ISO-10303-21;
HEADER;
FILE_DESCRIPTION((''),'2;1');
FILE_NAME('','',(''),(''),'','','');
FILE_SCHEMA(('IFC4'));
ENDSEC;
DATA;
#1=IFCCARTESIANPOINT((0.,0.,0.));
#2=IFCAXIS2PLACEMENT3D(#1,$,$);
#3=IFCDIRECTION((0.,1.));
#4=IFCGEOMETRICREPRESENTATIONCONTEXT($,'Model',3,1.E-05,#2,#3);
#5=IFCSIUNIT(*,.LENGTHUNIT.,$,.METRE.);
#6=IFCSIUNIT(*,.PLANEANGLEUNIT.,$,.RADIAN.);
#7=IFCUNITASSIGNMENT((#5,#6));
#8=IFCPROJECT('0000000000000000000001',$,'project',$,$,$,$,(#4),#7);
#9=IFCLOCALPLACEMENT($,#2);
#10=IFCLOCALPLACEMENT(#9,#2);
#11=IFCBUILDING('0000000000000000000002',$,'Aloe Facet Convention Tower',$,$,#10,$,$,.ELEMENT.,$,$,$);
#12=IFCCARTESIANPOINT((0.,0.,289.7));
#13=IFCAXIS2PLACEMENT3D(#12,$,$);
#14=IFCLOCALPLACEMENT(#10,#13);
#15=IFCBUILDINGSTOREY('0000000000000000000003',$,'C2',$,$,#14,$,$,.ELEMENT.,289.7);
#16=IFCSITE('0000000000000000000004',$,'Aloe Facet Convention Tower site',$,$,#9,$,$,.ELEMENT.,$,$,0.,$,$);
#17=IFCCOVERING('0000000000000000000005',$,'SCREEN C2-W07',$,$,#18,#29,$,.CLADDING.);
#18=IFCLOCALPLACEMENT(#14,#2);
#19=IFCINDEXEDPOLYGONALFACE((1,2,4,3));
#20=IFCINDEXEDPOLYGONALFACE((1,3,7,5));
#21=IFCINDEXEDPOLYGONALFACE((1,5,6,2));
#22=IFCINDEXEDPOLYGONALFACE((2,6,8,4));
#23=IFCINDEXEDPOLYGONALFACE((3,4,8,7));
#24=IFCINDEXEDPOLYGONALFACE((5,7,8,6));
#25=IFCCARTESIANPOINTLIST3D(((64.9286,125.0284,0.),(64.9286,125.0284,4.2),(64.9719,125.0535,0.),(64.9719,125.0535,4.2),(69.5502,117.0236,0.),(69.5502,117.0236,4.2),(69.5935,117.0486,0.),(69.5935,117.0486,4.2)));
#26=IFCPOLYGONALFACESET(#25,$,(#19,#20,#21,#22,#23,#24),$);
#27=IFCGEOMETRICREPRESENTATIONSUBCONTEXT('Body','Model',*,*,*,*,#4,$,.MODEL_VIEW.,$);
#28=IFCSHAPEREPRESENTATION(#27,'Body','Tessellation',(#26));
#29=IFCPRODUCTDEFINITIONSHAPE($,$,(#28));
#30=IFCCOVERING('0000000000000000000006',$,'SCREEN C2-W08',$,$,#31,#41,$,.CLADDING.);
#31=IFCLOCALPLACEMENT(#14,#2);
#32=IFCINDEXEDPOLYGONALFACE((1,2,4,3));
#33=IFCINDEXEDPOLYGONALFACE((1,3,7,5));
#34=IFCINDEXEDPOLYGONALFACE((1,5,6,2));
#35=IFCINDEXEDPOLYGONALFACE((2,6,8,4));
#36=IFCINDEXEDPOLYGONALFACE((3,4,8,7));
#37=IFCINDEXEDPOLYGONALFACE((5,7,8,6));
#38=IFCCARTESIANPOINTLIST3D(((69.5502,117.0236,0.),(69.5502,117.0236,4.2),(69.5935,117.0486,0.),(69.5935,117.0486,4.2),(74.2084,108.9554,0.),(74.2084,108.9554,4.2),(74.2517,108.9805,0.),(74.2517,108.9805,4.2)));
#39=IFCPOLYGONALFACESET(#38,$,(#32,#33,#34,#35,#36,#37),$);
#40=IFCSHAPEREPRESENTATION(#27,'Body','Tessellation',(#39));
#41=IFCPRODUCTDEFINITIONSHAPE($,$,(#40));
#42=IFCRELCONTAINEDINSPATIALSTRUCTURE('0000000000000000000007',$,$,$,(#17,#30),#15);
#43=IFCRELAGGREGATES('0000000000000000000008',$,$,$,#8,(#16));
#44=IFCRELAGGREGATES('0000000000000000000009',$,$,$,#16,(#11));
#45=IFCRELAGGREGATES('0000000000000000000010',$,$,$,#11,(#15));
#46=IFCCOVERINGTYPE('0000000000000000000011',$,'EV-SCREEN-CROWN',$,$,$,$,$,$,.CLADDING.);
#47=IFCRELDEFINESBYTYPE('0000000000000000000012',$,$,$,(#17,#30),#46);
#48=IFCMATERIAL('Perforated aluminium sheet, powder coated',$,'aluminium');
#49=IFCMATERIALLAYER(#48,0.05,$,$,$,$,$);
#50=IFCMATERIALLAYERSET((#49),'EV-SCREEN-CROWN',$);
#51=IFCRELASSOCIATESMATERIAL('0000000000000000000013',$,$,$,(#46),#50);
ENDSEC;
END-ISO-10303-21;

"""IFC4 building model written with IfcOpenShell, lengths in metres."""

from ifc_helpers import new_model, si_unit, direction, frame, origin, place, context, subcontext, project, spatial, polyline, outline, extrude, material, layer, layer_set, type_object, element, save


model = new_model("IFC4")

# Units and contexts
model_context = context("Model", 3, precision=1e-05, world=origin(), true_north=direction((0.0, 1.0)))
body_context = subcontext(model_context, "Body", "Model", "MODEL_VIEW")
ifc_project = project(units=[si_unit("LENGTHUNIT", "METRE"), si_unit("PLANEANGLEUNIT", "RADIAN")], contexts=[model_context])

# Site, building, storey
site_placement = place(None, origin())
site = spatial("IfcSite", under=ifc_project, at=site_placement, Name="Aloe Facet Convention Tower site", CompositionType="ELEMENT", RefElevation=0.0)
building_placement = place(site_placement, origin())
building = spatial("IfcBuilding", under=site, at=building_placement, Name="Aloe Facet Convention Tower", CompositionType="ELEMENT")
storey_placement = place(building_placement, frame((0.0, 0.0, 289.7)))
storey = spatial("IfcBuildingStorey", under=building, at=storey_placement, Name="C2", CompositionType="ELEMENT", Elevation=289.7)

# Coverings
ifc_material_1 = material(Name="Perforated aluminium sheet, powder coated", Category="aluminium")
ifc_layer_1 = layer(ifc_material_1, 0.05)
ifc_layer_set_1 = layer_set([ifc_layer_1], Name="EV-SCREEN-CROWN")
covering_type = type_object("IfcCoveringType", Name="EV-SCREEN-CROWN", PredefinedType="CLADDING", material=ifc_layer_set_1)
covering_1_placement = place(storey_placement, frame((64.9719, 125.0535, 0.0), z_axis=(0.866027, 0.499997, 0.0), x_axis=(0.0, 0.0, 1.0)))
element("IfcCovering", 1, at=covering_1_placement, inside=storey, type_object=covering_type, Name="SCREEN C2-W07", PredefinedType="CLADDING", context=body_context, shape_type="SweptSolid", body=[
    extrude(outline(polyline([(0.0, 0.0), (4.2, 0.0), (4.2, 9.2432), (0.0, 9.2432), (0.0, 0.0)])), origin(), (0.0, 0.0, -1.0), 0.05),
])
covering_2_placement = place(storey_placement, frame((69.5935, 117.0486, 0.0), z_axis=(0.866022, 0.500006, 0.0), x_axis=(0.0, 0.0, 1.0)))
element("IfcCovering", 2, at=covering_2_placement, inside=storey, type_object=covering_type, Name="SCREEN C2-W08", PredefinedType="CLADDING", context=body_context, shape_type="SweptSolid", body=[
    extrude(outline(polyline([(0.0, 0.0), (4.2, 0.0), (4.2, 9.3163), (0.0, 9.3163), (0.0, 0.0)])), origin(), (0.0, 0.0, -1.0), 0.05),
])

save(model, "model.ifc")
